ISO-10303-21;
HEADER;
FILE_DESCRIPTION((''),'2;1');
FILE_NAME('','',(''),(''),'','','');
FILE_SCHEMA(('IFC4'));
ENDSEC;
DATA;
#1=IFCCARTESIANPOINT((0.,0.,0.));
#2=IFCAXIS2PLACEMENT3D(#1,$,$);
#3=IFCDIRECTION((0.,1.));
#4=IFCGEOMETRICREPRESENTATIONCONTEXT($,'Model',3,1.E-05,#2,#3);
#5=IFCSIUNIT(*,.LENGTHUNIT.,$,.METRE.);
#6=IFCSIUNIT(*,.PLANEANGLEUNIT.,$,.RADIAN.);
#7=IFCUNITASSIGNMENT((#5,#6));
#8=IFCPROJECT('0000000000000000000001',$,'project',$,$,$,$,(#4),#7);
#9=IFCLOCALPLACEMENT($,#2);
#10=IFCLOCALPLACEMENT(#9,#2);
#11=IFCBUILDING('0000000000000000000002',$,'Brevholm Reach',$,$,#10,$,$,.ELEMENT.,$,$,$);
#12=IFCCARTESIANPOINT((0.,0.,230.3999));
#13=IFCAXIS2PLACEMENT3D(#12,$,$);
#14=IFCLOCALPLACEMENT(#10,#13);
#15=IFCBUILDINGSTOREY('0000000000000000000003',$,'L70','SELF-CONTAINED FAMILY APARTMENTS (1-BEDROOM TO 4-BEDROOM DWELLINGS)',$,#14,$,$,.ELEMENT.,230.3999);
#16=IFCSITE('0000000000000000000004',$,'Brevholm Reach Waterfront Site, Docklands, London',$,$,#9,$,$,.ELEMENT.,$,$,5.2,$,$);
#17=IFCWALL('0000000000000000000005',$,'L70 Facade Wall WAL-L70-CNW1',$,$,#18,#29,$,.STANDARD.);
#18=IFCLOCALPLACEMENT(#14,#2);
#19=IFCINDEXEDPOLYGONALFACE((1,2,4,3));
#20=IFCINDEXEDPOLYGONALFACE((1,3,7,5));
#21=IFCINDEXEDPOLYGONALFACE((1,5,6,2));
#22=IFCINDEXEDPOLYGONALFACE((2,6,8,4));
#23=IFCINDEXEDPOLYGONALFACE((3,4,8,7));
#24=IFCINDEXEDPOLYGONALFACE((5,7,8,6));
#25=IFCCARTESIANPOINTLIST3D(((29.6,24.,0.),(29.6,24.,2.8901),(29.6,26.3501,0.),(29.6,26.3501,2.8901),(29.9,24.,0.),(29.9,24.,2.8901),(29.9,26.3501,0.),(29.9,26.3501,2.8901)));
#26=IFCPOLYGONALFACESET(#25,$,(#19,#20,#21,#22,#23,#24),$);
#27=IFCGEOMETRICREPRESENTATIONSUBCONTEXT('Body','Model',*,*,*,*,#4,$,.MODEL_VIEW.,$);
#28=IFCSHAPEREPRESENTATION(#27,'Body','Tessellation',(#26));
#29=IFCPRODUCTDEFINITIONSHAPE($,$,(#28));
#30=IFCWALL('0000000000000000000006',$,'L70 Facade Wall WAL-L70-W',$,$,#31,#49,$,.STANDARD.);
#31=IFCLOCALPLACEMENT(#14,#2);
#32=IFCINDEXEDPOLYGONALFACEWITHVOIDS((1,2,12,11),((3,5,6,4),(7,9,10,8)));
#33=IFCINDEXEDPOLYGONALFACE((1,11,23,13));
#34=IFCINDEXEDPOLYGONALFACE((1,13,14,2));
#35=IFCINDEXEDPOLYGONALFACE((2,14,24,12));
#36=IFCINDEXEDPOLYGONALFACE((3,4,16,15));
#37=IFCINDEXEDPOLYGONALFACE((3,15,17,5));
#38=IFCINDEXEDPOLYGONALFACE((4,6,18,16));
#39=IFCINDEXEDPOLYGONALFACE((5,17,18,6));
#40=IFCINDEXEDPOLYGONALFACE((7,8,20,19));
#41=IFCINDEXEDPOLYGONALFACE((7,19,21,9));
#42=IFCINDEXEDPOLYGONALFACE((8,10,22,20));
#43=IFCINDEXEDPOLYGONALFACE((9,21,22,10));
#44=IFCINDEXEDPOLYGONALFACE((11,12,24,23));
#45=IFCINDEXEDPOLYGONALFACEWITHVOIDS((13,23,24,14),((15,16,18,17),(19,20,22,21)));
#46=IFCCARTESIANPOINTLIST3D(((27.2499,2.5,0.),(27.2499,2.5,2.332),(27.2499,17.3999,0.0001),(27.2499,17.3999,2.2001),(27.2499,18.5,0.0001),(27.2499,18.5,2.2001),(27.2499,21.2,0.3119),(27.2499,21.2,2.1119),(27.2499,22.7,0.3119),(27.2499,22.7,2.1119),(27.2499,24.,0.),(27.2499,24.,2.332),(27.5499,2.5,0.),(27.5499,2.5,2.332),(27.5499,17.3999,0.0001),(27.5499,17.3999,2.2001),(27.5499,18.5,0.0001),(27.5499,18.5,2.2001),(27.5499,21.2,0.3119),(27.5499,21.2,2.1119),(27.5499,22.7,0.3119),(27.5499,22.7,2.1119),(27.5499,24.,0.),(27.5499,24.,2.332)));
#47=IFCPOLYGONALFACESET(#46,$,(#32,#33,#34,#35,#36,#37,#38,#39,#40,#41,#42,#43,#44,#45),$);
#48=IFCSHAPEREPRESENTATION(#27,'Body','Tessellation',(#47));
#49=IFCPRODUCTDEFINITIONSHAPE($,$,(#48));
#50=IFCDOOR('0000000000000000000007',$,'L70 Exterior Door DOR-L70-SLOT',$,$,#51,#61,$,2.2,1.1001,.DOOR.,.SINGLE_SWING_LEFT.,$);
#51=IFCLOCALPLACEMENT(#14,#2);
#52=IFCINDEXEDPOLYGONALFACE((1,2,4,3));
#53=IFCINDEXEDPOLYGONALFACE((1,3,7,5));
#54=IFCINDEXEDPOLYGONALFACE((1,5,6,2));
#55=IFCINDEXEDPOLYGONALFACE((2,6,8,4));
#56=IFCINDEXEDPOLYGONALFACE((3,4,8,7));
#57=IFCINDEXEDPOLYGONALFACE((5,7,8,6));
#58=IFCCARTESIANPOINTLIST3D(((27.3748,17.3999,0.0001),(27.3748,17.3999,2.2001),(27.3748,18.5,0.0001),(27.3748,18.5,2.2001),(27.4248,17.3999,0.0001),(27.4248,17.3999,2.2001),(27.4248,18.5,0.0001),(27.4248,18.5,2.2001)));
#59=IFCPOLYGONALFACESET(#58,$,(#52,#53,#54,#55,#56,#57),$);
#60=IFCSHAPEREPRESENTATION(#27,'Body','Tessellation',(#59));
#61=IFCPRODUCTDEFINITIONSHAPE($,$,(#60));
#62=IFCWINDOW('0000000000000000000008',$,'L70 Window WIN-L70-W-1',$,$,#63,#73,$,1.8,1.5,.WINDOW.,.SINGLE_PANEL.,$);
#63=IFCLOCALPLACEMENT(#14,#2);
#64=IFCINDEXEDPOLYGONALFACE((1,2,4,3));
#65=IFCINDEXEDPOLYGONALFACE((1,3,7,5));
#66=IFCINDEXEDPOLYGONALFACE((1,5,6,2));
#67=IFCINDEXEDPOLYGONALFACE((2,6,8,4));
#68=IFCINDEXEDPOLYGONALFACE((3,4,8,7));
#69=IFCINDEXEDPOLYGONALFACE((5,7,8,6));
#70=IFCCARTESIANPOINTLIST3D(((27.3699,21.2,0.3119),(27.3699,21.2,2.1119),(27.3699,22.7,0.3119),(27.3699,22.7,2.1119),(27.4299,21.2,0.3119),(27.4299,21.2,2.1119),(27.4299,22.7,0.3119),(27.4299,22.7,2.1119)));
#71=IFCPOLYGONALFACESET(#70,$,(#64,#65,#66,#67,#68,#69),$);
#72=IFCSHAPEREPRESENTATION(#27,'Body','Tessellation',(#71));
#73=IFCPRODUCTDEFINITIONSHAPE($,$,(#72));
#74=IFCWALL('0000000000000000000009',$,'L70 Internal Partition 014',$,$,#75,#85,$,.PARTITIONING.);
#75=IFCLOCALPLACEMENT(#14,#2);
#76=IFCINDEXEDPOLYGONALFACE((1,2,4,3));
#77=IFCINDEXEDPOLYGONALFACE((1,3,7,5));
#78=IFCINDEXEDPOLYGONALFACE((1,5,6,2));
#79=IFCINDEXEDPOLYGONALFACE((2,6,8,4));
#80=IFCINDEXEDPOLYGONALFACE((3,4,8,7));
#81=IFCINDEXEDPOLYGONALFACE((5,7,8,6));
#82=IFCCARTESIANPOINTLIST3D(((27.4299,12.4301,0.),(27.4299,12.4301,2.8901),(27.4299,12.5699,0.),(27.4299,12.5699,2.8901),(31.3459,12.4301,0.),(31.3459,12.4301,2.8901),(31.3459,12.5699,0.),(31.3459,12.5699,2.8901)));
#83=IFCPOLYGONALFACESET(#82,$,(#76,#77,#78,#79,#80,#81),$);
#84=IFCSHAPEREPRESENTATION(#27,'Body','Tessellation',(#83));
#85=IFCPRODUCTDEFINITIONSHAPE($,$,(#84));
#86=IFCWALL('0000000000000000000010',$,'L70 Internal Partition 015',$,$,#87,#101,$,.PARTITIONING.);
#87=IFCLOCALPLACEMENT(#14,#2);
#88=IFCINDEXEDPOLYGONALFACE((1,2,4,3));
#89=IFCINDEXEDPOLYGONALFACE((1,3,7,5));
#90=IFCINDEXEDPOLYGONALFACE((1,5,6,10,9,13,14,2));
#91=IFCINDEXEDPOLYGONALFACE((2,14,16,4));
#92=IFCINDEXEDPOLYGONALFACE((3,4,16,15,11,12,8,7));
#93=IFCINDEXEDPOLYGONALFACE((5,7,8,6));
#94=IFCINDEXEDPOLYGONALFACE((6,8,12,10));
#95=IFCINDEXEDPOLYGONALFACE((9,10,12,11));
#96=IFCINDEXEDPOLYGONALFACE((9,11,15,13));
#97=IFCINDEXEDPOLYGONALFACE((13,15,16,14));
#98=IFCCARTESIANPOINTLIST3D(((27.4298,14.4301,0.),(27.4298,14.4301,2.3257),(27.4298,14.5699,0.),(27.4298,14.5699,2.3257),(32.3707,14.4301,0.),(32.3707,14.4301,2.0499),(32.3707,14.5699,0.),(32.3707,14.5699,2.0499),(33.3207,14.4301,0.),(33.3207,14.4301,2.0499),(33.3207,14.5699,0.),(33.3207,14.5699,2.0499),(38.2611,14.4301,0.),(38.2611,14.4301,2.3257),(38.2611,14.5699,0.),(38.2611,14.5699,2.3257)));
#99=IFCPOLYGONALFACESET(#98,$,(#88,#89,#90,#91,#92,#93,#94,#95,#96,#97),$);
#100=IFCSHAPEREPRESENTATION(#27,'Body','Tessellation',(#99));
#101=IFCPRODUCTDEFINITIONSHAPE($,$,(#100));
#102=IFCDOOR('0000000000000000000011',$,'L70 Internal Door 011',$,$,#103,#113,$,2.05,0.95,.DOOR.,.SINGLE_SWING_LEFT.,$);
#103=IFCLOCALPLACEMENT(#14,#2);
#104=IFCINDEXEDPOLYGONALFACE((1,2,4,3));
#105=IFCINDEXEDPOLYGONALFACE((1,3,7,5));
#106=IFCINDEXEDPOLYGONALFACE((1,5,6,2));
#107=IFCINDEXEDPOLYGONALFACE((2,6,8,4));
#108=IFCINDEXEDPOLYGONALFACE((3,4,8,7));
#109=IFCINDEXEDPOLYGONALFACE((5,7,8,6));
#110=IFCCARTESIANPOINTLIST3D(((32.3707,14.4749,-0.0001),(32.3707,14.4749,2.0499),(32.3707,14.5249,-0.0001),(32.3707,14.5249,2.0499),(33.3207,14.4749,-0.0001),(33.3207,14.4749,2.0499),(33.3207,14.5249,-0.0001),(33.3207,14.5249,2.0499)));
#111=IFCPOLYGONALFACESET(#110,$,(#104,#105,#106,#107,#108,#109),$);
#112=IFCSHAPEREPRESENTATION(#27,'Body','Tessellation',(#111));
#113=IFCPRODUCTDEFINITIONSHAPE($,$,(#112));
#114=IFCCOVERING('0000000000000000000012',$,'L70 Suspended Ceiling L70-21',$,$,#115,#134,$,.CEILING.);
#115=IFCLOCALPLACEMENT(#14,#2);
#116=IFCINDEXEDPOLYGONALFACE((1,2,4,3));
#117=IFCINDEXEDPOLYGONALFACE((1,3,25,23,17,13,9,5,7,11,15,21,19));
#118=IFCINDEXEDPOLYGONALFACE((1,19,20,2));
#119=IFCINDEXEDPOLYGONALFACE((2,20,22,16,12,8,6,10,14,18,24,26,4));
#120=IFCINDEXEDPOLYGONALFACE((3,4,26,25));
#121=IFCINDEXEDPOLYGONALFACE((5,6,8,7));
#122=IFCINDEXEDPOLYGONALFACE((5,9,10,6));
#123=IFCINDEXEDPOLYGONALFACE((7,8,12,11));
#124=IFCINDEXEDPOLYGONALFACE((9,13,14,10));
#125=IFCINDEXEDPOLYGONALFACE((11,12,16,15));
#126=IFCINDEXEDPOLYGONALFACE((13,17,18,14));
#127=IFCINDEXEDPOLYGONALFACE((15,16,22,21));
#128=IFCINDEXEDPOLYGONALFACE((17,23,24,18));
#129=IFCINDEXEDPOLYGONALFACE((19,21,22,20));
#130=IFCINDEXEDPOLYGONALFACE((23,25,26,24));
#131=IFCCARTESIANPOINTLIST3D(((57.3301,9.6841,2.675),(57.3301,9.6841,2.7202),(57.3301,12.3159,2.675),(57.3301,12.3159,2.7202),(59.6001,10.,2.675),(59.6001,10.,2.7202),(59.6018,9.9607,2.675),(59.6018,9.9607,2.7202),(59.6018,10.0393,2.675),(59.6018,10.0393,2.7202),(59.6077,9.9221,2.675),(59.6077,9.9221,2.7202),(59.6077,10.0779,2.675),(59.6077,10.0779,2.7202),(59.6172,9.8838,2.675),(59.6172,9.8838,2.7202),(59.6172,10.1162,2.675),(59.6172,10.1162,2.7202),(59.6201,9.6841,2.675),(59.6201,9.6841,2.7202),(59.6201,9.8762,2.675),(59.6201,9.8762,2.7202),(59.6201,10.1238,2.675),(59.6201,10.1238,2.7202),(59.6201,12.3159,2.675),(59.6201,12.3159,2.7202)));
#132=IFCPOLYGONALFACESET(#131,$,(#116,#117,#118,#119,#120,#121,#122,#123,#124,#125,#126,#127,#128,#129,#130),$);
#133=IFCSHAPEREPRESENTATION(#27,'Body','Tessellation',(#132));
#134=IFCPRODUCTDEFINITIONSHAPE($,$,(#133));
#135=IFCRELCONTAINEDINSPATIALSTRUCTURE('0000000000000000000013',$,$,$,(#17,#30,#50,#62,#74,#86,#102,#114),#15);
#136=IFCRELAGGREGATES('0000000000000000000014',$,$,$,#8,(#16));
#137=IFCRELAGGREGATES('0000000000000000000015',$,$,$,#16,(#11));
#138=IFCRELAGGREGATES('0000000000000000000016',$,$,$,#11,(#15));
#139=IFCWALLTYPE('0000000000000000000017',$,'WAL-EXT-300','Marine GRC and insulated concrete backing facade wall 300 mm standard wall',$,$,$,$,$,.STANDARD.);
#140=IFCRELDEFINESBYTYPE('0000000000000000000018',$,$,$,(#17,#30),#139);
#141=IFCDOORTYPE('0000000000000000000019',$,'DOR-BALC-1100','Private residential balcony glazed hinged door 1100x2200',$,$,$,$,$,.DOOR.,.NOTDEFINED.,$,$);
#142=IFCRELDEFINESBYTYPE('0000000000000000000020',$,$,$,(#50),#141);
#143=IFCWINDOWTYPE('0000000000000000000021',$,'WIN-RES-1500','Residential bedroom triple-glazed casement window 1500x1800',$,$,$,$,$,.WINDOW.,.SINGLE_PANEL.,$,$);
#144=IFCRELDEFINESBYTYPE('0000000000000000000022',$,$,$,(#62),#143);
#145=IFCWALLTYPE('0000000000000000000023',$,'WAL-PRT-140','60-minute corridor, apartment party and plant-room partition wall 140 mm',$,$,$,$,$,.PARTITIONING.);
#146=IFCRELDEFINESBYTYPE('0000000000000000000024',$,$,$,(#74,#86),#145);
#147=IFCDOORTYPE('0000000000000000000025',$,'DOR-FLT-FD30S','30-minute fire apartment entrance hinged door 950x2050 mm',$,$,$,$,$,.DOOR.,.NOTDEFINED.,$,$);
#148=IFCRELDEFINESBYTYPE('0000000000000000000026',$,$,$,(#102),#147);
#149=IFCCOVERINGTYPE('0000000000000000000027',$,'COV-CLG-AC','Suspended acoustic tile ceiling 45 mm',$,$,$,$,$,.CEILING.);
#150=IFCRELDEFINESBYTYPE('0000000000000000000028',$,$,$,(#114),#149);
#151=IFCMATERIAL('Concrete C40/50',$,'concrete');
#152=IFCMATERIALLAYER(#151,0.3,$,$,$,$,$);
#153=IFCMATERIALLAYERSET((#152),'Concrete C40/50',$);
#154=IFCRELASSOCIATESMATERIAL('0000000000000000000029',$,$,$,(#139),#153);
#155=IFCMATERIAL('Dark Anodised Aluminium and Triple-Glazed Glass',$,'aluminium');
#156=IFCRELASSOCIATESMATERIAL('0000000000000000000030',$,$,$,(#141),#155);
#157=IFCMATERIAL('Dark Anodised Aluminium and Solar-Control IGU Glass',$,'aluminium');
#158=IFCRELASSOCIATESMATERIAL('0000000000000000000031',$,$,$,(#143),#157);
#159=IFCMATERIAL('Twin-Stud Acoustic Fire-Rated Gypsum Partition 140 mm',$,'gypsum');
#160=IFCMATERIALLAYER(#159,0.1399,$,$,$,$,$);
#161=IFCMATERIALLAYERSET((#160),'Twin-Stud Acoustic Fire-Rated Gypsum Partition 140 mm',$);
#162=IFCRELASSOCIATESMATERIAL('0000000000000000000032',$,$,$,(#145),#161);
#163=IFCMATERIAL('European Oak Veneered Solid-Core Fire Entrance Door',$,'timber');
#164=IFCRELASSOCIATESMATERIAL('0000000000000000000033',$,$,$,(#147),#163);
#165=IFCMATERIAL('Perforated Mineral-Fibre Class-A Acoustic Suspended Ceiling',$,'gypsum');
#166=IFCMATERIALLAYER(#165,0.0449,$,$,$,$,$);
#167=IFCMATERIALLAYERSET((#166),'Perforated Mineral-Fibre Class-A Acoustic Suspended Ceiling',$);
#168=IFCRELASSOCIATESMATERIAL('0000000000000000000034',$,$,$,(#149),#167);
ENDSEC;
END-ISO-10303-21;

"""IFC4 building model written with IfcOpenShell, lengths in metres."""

from ifc_helpers import new_model, si_unit, direction, frame, frame_2d, origin, place, context, subcontext, project, spatial, polyline, rectangle, outline, extrude, material, layer, layer_set, type_object, element, fill, save


model = new_model("IFC4")

# Units and contexts
model_context = context("Model", 3, precision=1e-05, world=origin(), true_north=direction((0.0, 1.0)))
body_context = subcontext(model_context, "Body", "Model", "MODEL_VIEW")
ifc_project = project(units=[si_unit("LENGTHUNIT", "METRE"), si_unit("PLANEANGLEUNIT", "RADIAN")], contexts=[model_context])

# Site, building, storey
site_placement = place(None, origin())
site = spatial("IfcSite", under=ifc_project, at=site_placement, Name="Brevholm Reach Waterfront Site, Docklands, London", CompositionType="ELEMENT", RefElevation=5.2)
building_placement = place(site_placement, origin())
building = spatial("IfcBuilding", under=site, at=building_placement, Name="Brevholm Reach", CompositionType="ELEMENT")
storey_placement = place(building_placement, frame((0.0, 0.0, 230.3999)))
storey = spatial("IfcBuildingStorey", under=building, at=storey_placement, Name="L70", Description="SELF-CONTAINED FAMILY APARTMENTS (1-BEDROOM TO 4-BEDROOM DWELLINGS)", CompositionType="ELEMENT", Elevation=230.3999)

# Wall
ifc_material_1 = material(Name="Concrete C40/50", Category="concrete")
ifc_layer_1 = layer(ifc_material_1, 0.3)
ifc_layer_set_1 = layer_set([ifc_layer_1], Name="Concrete C40/50")
wall_type_1 = type_object("IfcWallType", Name="WAL-EXT-300", Description="Marine GRC and insulated concrete backing facade wall 300 mm standard wall", PredefinedType="STANDARD", material=ifc_layer_set_1)
for number, where, z_axis, x_axis, name in (
    (1, (29.75, 26.3501, 0.0), (0.0, 0.0, 1.0), (0.0, -1.0, 0.0), "L70 Facade Wall WAL-L70-CNW1"),
):
    element("IfcWall", number, at=place(storey_placement, frame(where, z_axis=z_axis, x_axis=x_axis)), inside=storey, type_object=wall_type_1, Name=name, PredefinedType="STANDARD", context=body_context, shape_type="SweptSolid", body=[
        extrude(rectangle(XDim=2.3501, YDim=0.3, at=frame_2d((1.175, 0.0))), origin(), (0.0, 0.0, 1.0), 2.8901),
    ])

# Wall, openings, door, window
wall_1_placement = place(storey_placement, frame((27.3999, 24.0, 0.0), z_axis=(0.0, 0.0, 1.0), x_axis=(0.0, -1.0, 0.0)))
wall_1 = element("IfcWall", 2, at=wall_1_placement, inside=storey, type_object=wall_type_1, Name="L70 Facade Wall WAL-L70-W", PredefinedType="STANDARD", context=body_context, shape_type="SweptSolid", body=[
    extrude(rectangle(XDim=21.5, YDim=0.3, at=frame_2d((10.75, 0.0))), origin(), (0.0, 0.0, 1.0), 2.332),
])
opening_1_placement = place(wall_1_placement, frame((5.5, 0.0, 0.0)))
opening_1 = element("IfcOpeningElement", 3, at=opening_1_placement, cuts=wall_1, PredefinedType="OPENING", context=body_context, shape_type="SweptSolid", body=[
    extrude(rectangle(XDim=1.1001, YDim=2.2, at=frame_2d((0.55, 1.1001))), frame((0.0, 0.1599, 0.0), z_axis=(0.0, -1.0, 0.0), x_axis=(1.0, 0.0, 0.0)), (0.0, 0.0, 1.0), 0.3201),
])
opening_2_placement = place(wall_1_placement, frame((1.3, 0.0, 0.312)))
opening_2 = element("IfcOpeningElement", 4, at=opening_2_placement, cuts=wall_1, PredefinedType="OPENING", context=body_context, shape_type="SweptSolid", body=[
    extrude(rectangle(XDim=1.5, YDim=1.8, at=frame_2d((0.75, 0.8999))), frame((0.0, 0.1599, 0.0), z_axis=(0.0, -1.0, 0.0), x_axis=(1.0, 0.0, 0.0)), (0.0, 0.0, 1.0), 0.3201),
])
ifc_material_2 = material(Name="Dark Anodised Aluminium and Triple-Glazed Glass", Category="aluminium")
door_type_1 = type_object("IfcDoorType", Name="DOR-BALC-1100", Description="Private residential balcony glazed hinged door 1100x2200", OperationType="NOTDEFINED", PredefinedType="DOOR", material=ifc_material_2)
door_1_placement = place(opening_1_placement, origin())
door_1 = element("IfcDoor", 5, at=door_1_placement, inside=storey, type_object=door_type_1, Name="L70 Exterior Door DOR-L70-SLOT", OperationType="SINGLE_SWING_LEFT", OverallHeight=2.2, OverallWidth=1.1001, PredefinedType="DOOR", context=body_context, shape_type="SweptSolid", body=[
    extrude(rectangle(XDim=1.1001, YDim=2.2, at=frame_2d((0.55, 1.1001))), frame((0.0, 0.0249, 0.0), z_axis=(0.0, -1.0, 0.0), x_axis=(1.0, 0.0, 0.0)), (0.0, 0.0, 1.0), 0.05),
])
fill(opening_1, door_1)
ifc_material_3 = material(Name="Dark Anodised Aluminium and Solar-Control IGU Glass", Category="aluminium")
window_type = type_object("IfcWindowType", Name="WIN-RES-1500", Description="Residential bedroom triple-glazed casement window 1500x1800", PartitioningType="SINGLE_PANEL", PredefinedType="WINDOW", material=ifc_material_3)
window_placement = place(opening_2_placement, origin())
window = element("IfcWindow", 6, at=window_placement, inside=storey, type_object=window_type, Name="L70 Window WIN-L70-W-1", OverallHeight=1.8, OverallWidth=1.5, PartitioningType="SINGLE_PANEL", PredefinedType="WINDOW", context=body_context, shape_type="SweptSolid", body=[
    extrude(rectangle(XDim=1.5, YDim=1.8, at=frame_2d((0.75, 0.8999))), frame((0.0, 0.03, 0.0), z_axis=(0.0, -1.0, 0.0), x_axis=(1.0, 0.0, 0.0)), (0.0, 0.0, 1.0), 0.0601),
])
fill(opening_2, window)

# Wall
ifc_material_4 = material(Name="Twin-Stud Acoustic Fire-Rated Gypsum Partition 140 mm", Category="gypsum")
ifc_layer_2 = layer(ifc_material_4, 0.1399)
ifc_layer_set_2 = layer_set([ifc_layer_2], Name="Twin-Stud Acoustic Fire-Rated Gypsum Partition 140 mm")
wall_type_2 = type_object("IfcWallType", Name="WAL-PRT-140", Description="60-minute corridor, apartment party and plant-room partition wall 140 mm", PredefinedType="PARTITIONING", material=ifc_layer_set_2)
wall_2_placement = place(storey_placement, frame((27.4299, 12.5, 0.0), z_axis=(0.0, 0.0, 1.0), x_axis=(1.0, 0.0, 0.0)))
element("IfcWall", 7, at=wall_2_placement, inside=storey, type_object=wall_type_2, Name="L70 Internal Partition 014", PredefinedType="PARTITIONING", context=body_context, shape_type="SweptSolid", body=[
    extrude(rectangle(XDim=3.916, YDim=0.1399, at=frame_2d((1.958, 0.0))), origin(), (0.0, 0.0, 1.0), 2.8901),
])

# Wall, opening, door
wall_3_placement = place(storey_placement, frame((27.4299, 14.5, 0.0), z_axis=(0.0, 0.0, 1.0), x_axis=(1.0, 0.0, 0.0)))
wall_3 = element("IfcWall", 8, at=wall_3_placement, inside=storey, type_object=wall_type_2, Name="L70 Internal Partition 015", PredefinedType="PARTITIONING", context=body_context, shape_type="SweptSolid", body=[
    extrude(rectangle(XDim=10.8313, YDim=0.1399, at=frame_2d((5.4155, 0.0))), origin(), (0.0, 0.0, 1.0), 2.3257),
])
opening_3_placement = place(wall_3_placement, frame((4.9407, 0.0, 0.0)))
opening_3 = element("IfcOpeningElement", 9, at=opening_3_placement, cuts=wall_3, PredefinedType="OPENING", context=body_context, shape_type="SweptSolid", body=[
    extrude(rectangle(XDim=0.95, YDim=2.05, at=frame_2d((0.4751, 1.0249))), frame((0.0, 0.0798, 0.0), z_axis=(0.0, -1.0, 0.0), x_axis=(1.0, 0.0, 0.0)), (0.0, 0.0, 1.0), 0.1599),
])
ifc_material_5 = material(Name="European Oak Veneered Solid-Core Fire Entrance Door", Category="timber")
door_type_2 = type_object("IfcDoorType", Name="DOR-FLT-FD30S", Description="30-minute fire apartment entrance hinged door 950x2050 mm", OperationType="NOTDEFINED", PredefinedType="DOOR", material=ifc_material_5)
door_2_placement = place(opening_3_placement, origin())
door_2 = element("IfcDoor", 10, at=door_2_placement, inside=storey, type_object=door_type_2, Name="L70 Internal Door 011", OperationType="SINGLE_SWING_LEFT", OverallHeight=2.05, OverallWidth=0.95, PredefinedType="DOOR", context=body_context, shape_type="SweptSolid", body=[
    extrude(rectangle(XDim=0.95, YDim=2.05, at=frame_2d((0.4751, 1.0249))), frame((0.0, 0.0249, 0.0), z_axis=(0.0, -1.0, 0.0), x_axis=(1.0, 0.0, 0.0)), (0.0, 0.0, 1.0), 0.05),
])
fill(opening_3, door_2)

# Covering
ifc_material_6 = material(Name="Perforated Mineral-Fibre Class-A Acoustic Suspended Ceiling", Category="gypsum")
ifc_layer_3 = layer(ifc_material_6, 0.0449)
ifc_layer_set_3 = layer_set([ifc_layer_3], Name="Perforated Mineral-Fibre Class-A Acoustic Suspended Ceiling")
covering_type_1 = type_object("IfcCoveringType", Name="COV-CLG-AC", Description="Suspended acoustic tile ceiling 45 mm", PredefinedType="CEILING", material=ifc_layer_set_3)
covering_1_placement = place(storey_placement, frame((0.0, 0.0, 2.675)))
element("IfcCovering", 11, at=covering_1_placement, inside=storey, type_object=covering_type_1, Name="L70 Suspended Ceiling L70-21", PredefinedType="CEILING", context=body_context, shape_type="SweptSolid", body=[
    extrude(outline(polyline([(57.3301, 12.3159), (59.6201, 12.3159), (59.6201, 10.1238), (59.6172, 10.1162), (59.6077, 10.0779), (59.6018, 10.0393), (59.6001, 10.0), (59.6018, 9.9607), (59.6077, 9.9221), (59.6172, 9.8838), (59.6201, 9.8762), (59.6201, 9.6841), (57.3301, 9.6841), (57.3301, 12.3159)])), origin(), (0.0, 0.0, 1.0), 0.0452),
])

save(model, "model.ifc")
